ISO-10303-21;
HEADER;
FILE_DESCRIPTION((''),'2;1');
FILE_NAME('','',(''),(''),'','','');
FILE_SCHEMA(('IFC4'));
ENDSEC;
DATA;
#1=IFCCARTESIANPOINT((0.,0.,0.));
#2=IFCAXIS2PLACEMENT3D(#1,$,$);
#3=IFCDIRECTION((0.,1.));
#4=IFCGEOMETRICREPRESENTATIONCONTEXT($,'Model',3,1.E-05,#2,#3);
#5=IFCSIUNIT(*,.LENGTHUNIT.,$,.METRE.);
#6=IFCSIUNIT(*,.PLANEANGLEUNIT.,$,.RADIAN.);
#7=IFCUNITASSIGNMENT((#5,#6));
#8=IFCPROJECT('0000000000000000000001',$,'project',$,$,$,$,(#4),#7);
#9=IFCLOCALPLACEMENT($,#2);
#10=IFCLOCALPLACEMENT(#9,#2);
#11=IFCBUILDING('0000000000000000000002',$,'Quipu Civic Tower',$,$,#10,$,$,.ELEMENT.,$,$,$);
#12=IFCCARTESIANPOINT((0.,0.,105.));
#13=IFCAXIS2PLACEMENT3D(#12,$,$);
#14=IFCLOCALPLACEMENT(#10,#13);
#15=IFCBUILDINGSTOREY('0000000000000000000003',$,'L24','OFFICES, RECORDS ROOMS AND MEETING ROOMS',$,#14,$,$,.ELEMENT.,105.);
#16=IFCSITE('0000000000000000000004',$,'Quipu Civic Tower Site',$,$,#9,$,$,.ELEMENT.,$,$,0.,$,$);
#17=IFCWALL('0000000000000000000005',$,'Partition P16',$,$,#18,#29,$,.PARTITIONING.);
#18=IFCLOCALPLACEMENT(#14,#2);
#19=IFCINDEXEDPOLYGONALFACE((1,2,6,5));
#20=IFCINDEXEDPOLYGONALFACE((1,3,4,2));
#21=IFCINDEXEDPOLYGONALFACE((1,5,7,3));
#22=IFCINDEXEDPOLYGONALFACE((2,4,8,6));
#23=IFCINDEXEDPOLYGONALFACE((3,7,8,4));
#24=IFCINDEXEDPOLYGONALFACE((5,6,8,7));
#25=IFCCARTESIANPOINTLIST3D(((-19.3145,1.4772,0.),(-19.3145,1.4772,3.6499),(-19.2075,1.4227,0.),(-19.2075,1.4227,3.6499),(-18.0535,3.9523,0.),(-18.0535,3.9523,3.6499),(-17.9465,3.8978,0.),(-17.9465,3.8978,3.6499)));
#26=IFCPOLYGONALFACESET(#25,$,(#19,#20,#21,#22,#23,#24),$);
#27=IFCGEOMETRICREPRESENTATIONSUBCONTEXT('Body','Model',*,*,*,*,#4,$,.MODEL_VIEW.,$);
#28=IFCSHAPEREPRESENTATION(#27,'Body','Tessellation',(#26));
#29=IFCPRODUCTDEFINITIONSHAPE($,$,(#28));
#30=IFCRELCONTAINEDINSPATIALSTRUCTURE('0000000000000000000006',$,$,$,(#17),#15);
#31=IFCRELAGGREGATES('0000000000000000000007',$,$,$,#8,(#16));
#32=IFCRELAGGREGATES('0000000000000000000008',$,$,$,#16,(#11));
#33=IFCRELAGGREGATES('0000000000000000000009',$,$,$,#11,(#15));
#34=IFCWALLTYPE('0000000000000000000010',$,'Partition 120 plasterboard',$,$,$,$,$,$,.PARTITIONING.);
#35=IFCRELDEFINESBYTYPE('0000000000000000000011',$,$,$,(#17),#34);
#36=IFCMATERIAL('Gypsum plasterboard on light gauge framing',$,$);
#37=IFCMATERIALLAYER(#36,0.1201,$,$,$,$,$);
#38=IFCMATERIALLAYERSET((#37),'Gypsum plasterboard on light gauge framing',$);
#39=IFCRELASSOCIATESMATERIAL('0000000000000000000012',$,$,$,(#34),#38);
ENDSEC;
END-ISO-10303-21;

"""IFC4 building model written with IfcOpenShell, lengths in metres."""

from ifc_helpers import new_model, si_unit, direction, frame, frame_2d, origin, place, context, subcontext, project, spatial, rectangle, extrude, material, layer, layer_set, type_object, element, save


model = new_model("IFC4")

# Units and contexts
model_context = context("Model", 3, precision=1e-05, world=origin(), true_north=direction((0.0, 1.0)))
body_context = subcontext(model_context, "Body", "Model", "MODEL_VIEW")
ifc_project = project(units=[si_unit("LENGTHUNIT", "METRE"), si_unit("PLANEANGLEUNIT", "RADIAN")], contexts=[model_context])

# Site, building, storey
site_placement = place(None, origin())
site = spatial("IfcSite", under=ifc_project, at=site_placement, Name="Quipu Civic Tower Site", CompositionType="ELEMENT", RefElevation=0.0)
building_placement = place(site_placement, origin())
building = spatial("IfcBuilding", under=site, at=building_placement, Name="Quipu Civic Tower", CompositionType="ELEMENT")
storey_placement = place(building_placement, frame((0.0, 0.0, 105.0)))
storey = spatial("IfcBuildingStorey", under=building, at=storey_placement, Name="L24", Description="OFFICES, RECORDS ROOMS AND MEETING ROOMS", CompositionType="ELEMENT", Elevation=105.0)

# Wall
ifc_material_1 = material(Name="Gypsum plasterboard on light gauge framing")
ifc_layer_1 = layer(ifc_material_1, 0.1201)
ifc_layer_set_1 = layer_set([ifc_layer_1], Name="Gypsum plasterboard on light gauge framing")
wall_type_1 = type_object("IfcWallType", Name="Partition 120 plasterboard", PredefinedType="PARTITIONING", material=ifc_layer_set_1)
wall_1_placement = place(storey_placement, frame((-19.261, 1.45, 0.0), z_axis=(0.0, 0.0, 1.0), x_axis=(0.453951, 0.891027, 0.0)))
element("IfcWall", 1, at=wall_1_placement, inside=storey, type_object=wall_type_1, Name="Partition P16", PredefinedType="PARTITIONING", context=body_context, shape_type="SweptSolid", body=[
    extrude(rectangle(XDim=2.7778, YDim=0.1201, at=frame_2d((1.3889, 0.0))), origin(), (0.0, 0.0, 1.0), 3.6499),
])

save(model, "model.ifc")
